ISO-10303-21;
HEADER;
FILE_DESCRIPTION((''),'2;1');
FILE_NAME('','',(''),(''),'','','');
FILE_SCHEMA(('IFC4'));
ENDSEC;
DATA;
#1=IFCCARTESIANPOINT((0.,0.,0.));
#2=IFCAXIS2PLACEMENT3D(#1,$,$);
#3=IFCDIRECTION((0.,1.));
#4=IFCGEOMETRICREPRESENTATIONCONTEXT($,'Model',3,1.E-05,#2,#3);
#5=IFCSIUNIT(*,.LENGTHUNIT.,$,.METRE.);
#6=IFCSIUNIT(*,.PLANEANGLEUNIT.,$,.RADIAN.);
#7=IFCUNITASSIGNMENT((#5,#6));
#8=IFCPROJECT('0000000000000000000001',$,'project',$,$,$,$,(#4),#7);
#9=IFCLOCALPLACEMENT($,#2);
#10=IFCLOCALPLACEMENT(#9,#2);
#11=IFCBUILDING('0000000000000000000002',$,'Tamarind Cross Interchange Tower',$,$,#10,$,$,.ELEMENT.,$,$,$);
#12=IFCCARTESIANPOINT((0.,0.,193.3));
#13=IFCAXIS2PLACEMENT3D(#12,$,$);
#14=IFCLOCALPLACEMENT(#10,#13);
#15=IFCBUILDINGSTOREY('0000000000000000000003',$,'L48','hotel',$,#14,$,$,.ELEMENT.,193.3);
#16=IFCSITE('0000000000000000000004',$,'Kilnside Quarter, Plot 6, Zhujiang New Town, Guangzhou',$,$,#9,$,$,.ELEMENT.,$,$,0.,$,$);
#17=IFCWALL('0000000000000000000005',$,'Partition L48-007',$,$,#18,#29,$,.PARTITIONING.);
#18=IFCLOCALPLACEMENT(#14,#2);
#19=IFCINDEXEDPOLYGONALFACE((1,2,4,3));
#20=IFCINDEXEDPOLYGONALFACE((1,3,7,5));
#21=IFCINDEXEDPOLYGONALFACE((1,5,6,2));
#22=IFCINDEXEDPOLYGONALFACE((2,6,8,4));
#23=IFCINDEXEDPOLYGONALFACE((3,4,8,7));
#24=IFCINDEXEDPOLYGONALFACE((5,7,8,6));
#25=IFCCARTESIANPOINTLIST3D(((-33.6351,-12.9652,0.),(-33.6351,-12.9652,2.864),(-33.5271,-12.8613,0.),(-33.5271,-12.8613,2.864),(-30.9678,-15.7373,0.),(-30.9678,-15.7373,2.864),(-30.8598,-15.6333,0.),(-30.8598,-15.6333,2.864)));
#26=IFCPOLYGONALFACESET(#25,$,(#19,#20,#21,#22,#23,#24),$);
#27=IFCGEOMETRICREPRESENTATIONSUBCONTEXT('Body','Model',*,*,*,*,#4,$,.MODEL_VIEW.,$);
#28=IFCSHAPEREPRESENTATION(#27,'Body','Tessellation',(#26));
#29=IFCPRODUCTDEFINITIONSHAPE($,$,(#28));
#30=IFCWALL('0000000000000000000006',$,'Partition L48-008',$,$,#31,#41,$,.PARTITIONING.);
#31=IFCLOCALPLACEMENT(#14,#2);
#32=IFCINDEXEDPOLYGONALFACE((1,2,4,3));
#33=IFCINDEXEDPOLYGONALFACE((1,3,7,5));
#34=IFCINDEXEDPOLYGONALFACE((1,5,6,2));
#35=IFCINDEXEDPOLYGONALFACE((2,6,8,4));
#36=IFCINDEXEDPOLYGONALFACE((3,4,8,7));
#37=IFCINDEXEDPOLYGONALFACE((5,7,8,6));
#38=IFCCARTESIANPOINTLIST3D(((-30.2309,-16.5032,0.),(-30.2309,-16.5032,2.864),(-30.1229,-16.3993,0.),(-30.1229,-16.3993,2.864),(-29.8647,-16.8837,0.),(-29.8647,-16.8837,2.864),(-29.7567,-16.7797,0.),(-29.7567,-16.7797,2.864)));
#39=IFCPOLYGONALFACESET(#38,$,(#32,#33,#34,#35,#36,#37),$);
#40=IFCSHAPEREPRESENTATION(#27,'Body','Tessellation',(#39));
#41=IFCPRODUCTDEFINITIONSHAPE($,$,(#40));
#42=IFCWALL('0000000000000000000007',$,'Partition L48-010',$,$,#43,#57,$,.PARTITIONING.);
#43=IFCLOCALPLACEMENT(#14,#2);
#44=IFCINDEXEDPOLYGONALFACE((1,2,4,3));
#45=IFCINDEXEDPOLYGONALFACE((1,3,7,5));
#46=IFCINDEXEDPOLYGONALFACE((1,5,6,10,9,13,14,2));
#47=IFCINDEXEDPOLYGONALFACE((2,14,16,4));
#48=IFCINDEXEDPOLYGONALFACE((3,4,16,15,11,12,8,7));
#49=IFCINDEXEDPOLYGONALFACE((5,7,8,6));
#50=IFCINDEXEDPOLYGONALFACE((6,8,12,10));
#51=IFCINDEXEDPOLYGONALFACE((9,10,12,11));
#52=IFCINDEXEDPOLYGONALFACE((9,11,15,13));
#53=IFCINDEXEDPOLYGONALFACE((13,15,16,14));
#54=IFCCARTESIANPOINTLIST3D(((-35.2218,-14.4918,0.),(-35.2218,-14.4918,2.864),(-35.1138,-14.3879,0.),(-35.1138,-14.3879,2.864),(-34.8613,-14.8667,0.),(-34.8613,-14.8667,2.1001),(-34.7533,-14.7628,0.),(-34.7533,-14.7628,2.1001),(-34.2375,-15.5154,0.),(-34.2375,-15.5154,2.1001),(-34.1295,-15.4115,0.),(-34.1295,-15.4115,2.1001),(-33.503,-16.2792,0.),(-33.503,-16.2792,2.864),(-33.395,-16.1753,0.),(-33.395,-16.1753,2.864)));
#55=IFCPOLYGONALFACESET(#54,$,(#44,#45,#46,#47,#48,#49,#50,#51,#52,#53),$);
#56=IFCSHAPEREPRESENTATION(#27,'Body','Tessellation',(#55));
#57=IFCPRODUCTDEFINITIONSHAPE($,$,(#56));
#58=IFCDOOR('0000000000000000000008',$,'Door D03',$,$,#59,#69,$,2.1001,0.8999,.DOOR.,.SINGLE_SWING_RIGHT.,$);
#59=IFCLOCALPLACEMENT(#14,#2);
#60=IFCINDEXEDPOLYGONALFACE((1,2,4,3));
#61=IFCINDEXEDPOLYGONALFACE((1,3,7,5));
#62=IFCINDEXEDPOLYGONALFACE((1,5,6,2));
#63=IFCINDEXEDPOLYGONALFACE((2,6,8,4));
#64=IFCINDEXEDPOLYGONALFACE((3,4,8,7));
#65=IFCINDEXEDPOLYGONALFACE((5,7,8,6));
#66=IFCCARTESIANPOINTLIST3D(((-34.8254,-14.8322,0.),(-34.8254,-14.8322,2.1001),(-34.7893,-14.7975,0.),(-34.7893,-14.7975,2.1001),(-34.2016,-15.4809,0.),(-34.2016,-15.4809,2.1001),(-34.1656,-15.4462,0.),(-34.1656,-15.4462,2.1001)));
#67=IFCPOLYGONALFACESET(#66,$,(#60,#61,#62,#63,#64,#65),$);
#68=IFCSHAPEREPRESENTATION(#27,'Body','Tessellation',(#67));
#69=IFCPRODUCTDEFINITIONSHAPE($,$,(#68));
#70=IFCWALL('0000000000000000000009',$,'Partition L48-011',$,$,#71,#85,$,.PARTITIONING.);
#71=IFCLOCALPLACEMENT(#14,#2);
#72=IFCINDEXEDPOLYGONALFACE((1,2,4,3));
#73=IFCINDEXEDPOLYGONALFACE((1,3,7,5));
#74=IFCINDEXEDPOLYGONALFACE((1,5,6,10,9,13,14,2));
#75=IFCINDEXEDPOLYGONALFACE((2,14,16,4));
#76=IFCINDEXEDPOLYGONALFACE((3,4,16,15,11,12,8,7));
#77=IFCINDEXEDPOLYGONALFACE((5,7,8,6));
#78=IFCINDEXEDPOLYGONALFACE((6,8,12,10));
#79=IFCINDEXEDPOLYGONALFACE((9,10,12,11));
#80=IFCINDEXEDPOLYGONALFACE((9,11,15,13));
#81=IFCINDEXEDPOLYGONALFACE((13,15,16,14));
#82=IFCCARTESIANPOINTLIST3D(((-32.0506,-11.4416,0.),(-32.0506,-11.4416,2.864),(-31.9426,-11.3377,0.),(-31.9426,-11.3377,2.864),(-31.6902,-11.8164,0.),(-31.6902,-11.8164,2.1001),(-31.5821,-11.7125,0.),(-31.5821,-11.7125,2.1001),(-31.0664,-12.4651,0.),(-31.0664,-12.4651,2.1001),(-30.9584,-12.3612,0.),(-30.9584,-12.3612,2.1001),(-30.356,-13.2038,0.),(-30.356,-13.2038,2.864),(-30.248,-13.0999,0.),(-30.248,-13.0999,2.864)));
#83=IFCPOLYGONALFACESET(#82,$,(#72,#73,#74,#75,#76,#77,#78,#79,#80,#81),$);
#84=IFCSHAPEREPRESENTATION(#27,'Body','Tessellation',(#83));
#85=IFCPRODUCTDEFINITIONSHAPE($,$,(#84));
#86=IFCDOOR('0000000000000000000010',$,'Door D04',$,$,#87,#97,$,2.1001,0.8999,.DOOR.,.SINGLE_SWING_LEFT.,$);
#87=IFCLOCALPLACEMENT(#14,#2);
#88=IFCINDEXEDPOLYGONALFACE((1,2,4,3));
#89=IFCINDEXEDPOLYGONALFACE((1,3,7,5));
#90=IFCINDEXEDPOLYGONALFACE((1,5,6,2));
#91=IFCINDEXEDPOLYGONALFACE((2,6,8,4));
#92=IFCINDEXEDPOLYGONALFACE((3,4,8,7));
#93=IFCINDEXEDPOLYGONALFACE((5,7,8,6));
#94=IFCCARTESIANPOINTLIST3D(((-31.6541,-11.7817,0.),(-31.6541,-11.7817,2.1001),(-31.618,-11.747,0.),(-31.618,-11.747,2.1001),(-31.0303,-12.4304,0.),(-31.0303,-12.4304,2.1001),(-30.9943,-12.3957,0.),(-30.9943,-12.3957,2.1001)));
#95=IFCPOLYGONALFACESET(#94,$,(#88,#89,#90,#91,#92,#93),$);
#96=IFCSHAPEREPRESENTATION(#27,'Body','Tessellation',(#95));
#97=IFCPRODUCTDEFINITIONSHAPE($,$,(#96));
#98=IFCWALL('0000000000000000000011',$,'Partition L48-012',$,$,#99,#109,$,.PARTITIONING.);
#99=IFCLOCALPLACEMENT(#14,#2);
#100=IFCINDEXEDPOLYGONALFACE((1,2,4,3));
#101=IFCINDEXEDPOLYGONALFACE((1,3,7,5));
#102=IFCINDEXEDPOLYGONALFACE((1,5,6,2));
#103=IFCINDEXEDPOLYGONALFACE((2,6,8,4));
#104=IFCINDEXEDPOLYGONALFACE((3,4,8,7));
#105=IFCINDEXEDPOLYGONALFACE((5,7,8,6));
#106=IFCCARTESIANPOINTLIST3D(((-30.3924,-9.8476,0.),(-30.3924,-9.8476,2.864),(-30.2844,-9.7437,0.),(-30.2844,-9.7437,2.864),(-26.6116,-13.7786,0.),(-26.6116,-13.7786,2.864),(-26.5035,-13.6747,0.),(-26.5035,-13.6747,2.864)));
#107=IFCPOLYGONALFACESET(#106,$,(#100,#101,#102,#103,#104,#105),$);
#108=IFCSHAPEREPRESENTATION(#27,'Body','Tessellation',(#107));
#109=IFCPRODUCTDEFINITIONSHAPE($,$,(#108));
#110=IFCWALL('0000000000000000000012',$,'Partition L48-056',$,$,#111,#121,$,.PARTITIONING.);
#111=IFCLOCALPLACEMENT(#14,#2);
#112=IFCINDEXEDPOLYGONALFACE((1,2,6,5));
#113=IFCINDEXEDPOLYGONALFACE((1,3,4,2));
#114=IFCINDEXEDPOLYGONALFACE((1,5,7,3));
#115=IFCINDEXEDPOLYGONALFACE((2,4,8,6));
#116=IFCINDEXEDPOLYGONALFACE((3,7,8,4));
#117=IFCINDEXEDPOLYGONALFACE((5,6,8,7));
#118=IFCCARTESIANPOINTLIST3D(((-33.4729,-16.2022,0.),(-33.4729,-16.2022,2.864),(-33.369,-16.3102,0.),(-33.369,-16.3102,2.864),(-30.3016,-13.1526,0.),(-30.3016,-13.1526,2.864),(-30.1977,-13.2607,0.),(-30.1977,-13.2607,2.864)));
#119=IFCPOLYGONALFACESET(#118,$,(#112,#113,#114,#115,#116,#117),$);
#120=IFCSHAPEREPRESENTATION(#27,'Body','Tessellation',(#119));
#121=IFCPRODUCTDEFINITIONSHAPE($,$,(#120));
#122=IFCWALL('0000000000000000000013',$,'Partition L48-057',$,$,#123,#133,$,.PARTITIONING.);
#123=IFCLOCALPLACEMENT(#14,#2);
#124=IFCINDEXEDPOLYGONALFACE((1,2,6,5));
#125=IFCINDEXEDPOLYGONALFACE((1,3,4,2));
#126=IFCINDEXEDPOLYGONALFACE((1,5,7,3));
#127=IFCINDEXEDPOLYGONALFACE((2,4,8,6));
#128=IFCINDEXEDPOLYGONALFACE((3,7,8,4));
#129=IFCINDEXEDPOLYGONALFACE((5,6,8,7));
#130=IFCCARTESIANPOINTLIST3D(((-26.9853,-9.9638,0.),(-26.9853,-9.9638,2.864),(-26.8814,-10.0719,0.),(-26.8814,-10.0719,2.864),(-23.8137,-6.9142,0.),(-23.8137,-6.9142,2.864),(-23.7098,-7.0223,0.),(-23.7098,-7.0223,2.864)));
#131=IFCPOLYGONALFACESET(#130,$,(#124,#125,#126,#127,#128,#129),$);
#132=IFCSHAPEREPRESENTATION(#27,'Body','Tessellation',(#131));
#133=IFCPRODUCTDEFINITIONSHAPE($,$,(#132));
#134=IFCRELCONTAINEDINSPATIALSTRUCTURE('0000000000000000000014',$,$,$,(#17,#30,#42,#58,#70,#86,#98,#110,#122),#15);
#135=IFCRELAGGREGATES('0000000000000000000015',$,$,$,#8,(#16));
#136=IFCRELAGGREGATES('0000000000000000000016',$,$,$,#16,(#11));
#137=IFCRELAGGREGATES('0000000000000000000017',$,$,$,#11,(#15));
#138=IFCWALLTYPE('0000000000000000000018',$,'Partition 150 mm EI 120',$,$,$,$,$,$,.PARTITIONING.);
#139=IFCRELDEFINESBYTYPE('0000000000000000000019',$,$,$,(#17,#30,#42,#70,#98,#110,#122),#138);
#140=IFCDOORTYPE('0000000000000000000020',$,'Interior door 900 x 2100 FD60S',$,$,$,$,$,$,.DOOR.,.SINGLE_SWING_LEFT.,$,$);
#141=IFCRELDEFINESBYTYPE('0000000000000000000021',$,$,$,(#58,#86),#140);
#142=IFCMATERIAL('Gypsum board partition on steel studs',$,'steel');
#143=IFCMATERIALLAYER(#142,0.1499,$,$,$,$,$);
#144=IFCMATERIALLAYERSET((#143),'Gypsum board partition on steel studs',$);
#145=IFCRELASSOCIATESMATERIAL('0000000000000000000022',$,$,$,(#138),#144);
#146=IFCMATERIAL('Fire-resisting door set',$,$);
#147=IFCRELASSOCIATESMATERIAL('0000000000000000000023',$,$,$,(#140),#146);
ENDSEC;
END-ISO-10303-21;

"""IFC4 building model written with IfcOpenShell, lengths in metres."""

from ifc_helpers import new_model, si_unit, direction, frame, frame_2d, origin, place, context, subcontext, project, spatial, rectangle, extrude, material, layer, layer_set, type_object, element, fill, save


model = new_model("IFC4")

# Units and contexts
model_context = context("Model", 3, precision=1e-05, world=origin(), true_north=direction((0.0, 1.0)))
body_context = subcontext(model_context, "Body", "Model", "MODEL_VIEW")
ifc_project = project(units=[si_unit("LENGTHUNIT", "METRE"), si_unit("PLANEANGLEUNIT", "RADIAN")], contexts=[model_context])

# Site, building, storey
site_placement = place(None, origin())
site = spatial("IfcSite", under=ifc_project, at=site_placement, Name="Kilnside Quarter, Plot 6, Zhujiang New Town, Guangzhou", CompositionType="ELEMENT", RefElevation=0.0)
building_placement = place(site_placement, origin())
building = spatial("IfcBuilding", under=site, at=building_placement, Name="Tamarind Cross Interchange Tower", CompositionType="ELEMENT")
storey_placement = place(building_placement, frame((0.0, 0.0, 193.3)))
storey = spatial("IfcBuildingStorey", under=building, at=storey_placement, Name="L48", Description="hotel", CompositionType="ELEMENT", Elevation=193.3)

# Walls
ifc_material_1 = material(Name="Gypsum board partition on steel studs", Category="steel")
ifc_layer_1 = layer(ifc_material_1, 0.1499)
ifc_layer_set_1 = layer_set([ifc_layer_1], Name="Gypsum board partition on steel studs")
wall_type = type_object("IfcWallType", Name="Partition 150 mm EI 120", PredefinedType="PARTITIONING", material=ifc_layer_set_1)
wall_1_placement = place(storey_placement, frame((-33.5811, -12.9133, 0.0), z_axis=(0.0, 0.0, 1.0), x_axis=(0.693362, -0.720589, 0.0)))
element("IfcWall", 1, at=wall_1_placement, inside=storey, type_object=wall_type, Name="Partition L48-007", PredefinedType="PARTITIONING", context=body_context, shape_type="SweptSolid", body=[
    extrude(rectangle(XDim=3.8469, YDim=0.1499, at=frame_2d((1.9233, 0.0))), origin(), (0.0, 0.0, 1.0), 2.864),
])
wall_2_placement = place(storey_placement, frame((-30.177, -16.4512, 0.0), z_axis=(0.0, 0.0, 1.0), x_axis=(0.693571, -0.720389, 0.0)))
element("IfcWall", 2, at=wall_2_placement, inside=storey, type_object=wall_type, Name="Partition L48-008", PredefinedType="PARTITIONING", context=body_context, shape_type="SweptSolid", body=[
    extrude(rectangle(XDim=0.5281, YDim=0.1499, at=frame_2d((0.2642, 0.0))), origin(), (0.0, 0.0, 1.0), 2.864),
])

# Walls, openings, doors
wall_3_placement = place(storey_placement, frame((-35.1677, -14.4399, 0.0), z_axis=(0.0, 0.0, 1.0), x_axis=(0.693138, -0.720805, 0.0)))
wall_3 = element("IfcWall", 3, at=wall_3_placement, inside=storey, type_object=wall_type, Name="Partition L48-010", PredefinedType="PARTITIONING", context=body_context, shape_type="SweptSolid", body=[
    extrude(rectangle(XDim=2.4797, YDim=0.1499, at=frame_2d((1.2397, 0.0))), origin(), (0.0, 0.0, 1.0), 2.864),
])
opening_1_placement = place(wall_3_placement, frame((0.52, 0.0, 0.0)))
opening_1 = element("IfcOpeningElement", 4, at=opening_1_placement, cuts=wall_3, PredefinedType="OPENING", context=body_context, shape_type="SweptSolid", body=[
    extrude(rectangle(XDim=0.8999, YDim=2.1001, at=frame_2d((0.45, 1.05))), frame((0.0, 0.085, 0.0), z_axis=(0.0, -1.0, 0.0), x_axis=(1.0, 0.0, 0.0)), (0.0, 0.0, 1.0), 0.1699),
])
ifc_material_2 = material(Name="Fire-resisting door set")
door_type = type_object("IfcDoorType", Name="Interior door 900 x 2100 FD60S", OperationType="SINGLE_SWING_LEFT", PredefinedType="DOOR", material=ifc_material_2)
door_1_placement = place(opening_1_placement, origin())
door_1 = element("IfcDoor", 5, at=door_1_placement, inside=storey, type_object=door_type, Name="Door D03", OperationType="SINGLE_SWING_RIGHT", OverallHeight=2.1001, OverallWidth=0.8999, PredefinedType="DOOR", context=body_context, shape_type="SweptSolid", body=[
    extrude(rectangle(XDim=0.8999, YDim=2.1001, at=frame_2d((0.45, 1.05))), frame((0.0, 0.0249, 0.0), z_axis=(0.0, -1.0, 0.0), x_axis=(1.0, 0.0, 0.0)), (0.0, 0.0, 1.0), 0.05),
])
fill(opening_1, door_1)
wall_4_placement = place(storey_placement, frame((-31.9966, -11.3896, 0.0), z_axis=(0.0, 0.0, 1.0), x_axis=(0.693141, -0.720802, 0.0)))
wall_4 = element("IfcWall", 6, at=wall_4_placement, inside=storey, type_object=wall_type, Name="Partition L48-011", PredefinedType="PARTITIONING", context=body_context, shape_type="SweptSolid", body=[
    extrude(rectangle(XDim=2.4448, YDim=0.1499, at=frame_2d((1.2224, 0.0))), origin(), (0.0, 0.0, 1.0), 2.864),
])
opening_2_placement = place(wall_4_placement, frame((0.52, 0.0, 0.0)))
opening_2 = element("IfcOpeningElement", 7, at=opening_2_placement, cuts=wall_4, PredefinedType="OPENING", context=body_context, shape_type="SweptSolid", body=[
    extrude(rectangle(XDim=0.8999, YDim=2.1001, at=frame_2d((0.45, 1.05))), frame((0.0, 0.085, 0.0), z_axis=(0.0, -1.0, 0.0), x_axis=(1.0, 0.0, 0.0)), (0.0, 0.0, 1.0), 0.1699),
])
door_2_placement = place(opening_2_placement, frame((0.8999, 0.0, 0.0), z_axis=(0.0, 0.0, 1.0), x_axis=(-1.0, 0.0, 0.0)))
door_2 = element("IfcDoor", 8, at=door_2_placement, inside=storey, type_object=door_type, Name="Door D04", OperationType="SINGLE_SWING_LEFT", OverallHeight=2.1001, OverallWidth=0.8999, PredefinedType="DOOR", context=body_context, shape_type="SweptSolid", body=[
    extrude(rectangle(XDim=0.8999, YDim=2.1001, at=frame_2d((0.45, 1.05))), frame((0.0, 0.0249, 0.0), z_axis=(0.0, -1.0, 0.0), x_axis=(1.0, 0.0, 0.0)), (0.0, 0.0, 1.0), 0.05),
])
fill(opening_2, door_2)

# Walls
wall_5_placement = place(storey_placement, frame((-30.3384, -9.7957, 0.0), z_axis=(0.0, 0.0, 1.0), x_axis=(0.693208, -0.720738, 0.0)))
element("IfcWall", 9, at=wall_5_placement, inside=storey, type_object=wall_type, Name="Partition L48-012", PredefinedType="PARTITIONING", context=body_context, shape_type="SweptSolid", body=[
    extrude(rectangle(XDim=5.4541, YDim=0.1499, at=frame_2d((2.7271, 0.0))), origin(), (0.0, 0.0, 1.0), 2.864),
])
wall_6_placement = place(storey_placement, frame((-33.4209, -16.2561, 0.0), z_axis=(0.0, 0.0, 1.0), x_axis=(0.720816, 0.693126, 0.0)))
element("IfcWall", 10, at=wall_6_placement, inside=storey, type_object=wall_type, Name="Partition L48-056", PredefinedType="PARTITIONING", context=body_context, shape_type="SweptSolid", body=[
    extrude(rectangle(XDim=4.3997, YDim=0.1499, at=frame_2d((2.1997, 0.0))), origin(), (0.0, 0.0, 1.0), 2.864),
])
wall_7_placement = place(storey_placement, frame((-26.9333, -10.0178, 0.0), z_axis=(0.0, 0.0, 1.0), x_axis=(0.720843, 0.693099, 0.0)))
element("IfcWall", 11, at=wall_7_placement, inside=storey, type_object=wall_type, Name="Partition L48-057", PredefinedType="PARTITIONING", context=body_context, shape_type="SweptSolid", body=[
    extrude(rectangle(XDim=4.3999, YDim=0.1499, at=frame_2d((2.2, 0.0))), origin(), (0.0, 0.0, 1.0), 2.864),
])

save(model, "model.ifc")
